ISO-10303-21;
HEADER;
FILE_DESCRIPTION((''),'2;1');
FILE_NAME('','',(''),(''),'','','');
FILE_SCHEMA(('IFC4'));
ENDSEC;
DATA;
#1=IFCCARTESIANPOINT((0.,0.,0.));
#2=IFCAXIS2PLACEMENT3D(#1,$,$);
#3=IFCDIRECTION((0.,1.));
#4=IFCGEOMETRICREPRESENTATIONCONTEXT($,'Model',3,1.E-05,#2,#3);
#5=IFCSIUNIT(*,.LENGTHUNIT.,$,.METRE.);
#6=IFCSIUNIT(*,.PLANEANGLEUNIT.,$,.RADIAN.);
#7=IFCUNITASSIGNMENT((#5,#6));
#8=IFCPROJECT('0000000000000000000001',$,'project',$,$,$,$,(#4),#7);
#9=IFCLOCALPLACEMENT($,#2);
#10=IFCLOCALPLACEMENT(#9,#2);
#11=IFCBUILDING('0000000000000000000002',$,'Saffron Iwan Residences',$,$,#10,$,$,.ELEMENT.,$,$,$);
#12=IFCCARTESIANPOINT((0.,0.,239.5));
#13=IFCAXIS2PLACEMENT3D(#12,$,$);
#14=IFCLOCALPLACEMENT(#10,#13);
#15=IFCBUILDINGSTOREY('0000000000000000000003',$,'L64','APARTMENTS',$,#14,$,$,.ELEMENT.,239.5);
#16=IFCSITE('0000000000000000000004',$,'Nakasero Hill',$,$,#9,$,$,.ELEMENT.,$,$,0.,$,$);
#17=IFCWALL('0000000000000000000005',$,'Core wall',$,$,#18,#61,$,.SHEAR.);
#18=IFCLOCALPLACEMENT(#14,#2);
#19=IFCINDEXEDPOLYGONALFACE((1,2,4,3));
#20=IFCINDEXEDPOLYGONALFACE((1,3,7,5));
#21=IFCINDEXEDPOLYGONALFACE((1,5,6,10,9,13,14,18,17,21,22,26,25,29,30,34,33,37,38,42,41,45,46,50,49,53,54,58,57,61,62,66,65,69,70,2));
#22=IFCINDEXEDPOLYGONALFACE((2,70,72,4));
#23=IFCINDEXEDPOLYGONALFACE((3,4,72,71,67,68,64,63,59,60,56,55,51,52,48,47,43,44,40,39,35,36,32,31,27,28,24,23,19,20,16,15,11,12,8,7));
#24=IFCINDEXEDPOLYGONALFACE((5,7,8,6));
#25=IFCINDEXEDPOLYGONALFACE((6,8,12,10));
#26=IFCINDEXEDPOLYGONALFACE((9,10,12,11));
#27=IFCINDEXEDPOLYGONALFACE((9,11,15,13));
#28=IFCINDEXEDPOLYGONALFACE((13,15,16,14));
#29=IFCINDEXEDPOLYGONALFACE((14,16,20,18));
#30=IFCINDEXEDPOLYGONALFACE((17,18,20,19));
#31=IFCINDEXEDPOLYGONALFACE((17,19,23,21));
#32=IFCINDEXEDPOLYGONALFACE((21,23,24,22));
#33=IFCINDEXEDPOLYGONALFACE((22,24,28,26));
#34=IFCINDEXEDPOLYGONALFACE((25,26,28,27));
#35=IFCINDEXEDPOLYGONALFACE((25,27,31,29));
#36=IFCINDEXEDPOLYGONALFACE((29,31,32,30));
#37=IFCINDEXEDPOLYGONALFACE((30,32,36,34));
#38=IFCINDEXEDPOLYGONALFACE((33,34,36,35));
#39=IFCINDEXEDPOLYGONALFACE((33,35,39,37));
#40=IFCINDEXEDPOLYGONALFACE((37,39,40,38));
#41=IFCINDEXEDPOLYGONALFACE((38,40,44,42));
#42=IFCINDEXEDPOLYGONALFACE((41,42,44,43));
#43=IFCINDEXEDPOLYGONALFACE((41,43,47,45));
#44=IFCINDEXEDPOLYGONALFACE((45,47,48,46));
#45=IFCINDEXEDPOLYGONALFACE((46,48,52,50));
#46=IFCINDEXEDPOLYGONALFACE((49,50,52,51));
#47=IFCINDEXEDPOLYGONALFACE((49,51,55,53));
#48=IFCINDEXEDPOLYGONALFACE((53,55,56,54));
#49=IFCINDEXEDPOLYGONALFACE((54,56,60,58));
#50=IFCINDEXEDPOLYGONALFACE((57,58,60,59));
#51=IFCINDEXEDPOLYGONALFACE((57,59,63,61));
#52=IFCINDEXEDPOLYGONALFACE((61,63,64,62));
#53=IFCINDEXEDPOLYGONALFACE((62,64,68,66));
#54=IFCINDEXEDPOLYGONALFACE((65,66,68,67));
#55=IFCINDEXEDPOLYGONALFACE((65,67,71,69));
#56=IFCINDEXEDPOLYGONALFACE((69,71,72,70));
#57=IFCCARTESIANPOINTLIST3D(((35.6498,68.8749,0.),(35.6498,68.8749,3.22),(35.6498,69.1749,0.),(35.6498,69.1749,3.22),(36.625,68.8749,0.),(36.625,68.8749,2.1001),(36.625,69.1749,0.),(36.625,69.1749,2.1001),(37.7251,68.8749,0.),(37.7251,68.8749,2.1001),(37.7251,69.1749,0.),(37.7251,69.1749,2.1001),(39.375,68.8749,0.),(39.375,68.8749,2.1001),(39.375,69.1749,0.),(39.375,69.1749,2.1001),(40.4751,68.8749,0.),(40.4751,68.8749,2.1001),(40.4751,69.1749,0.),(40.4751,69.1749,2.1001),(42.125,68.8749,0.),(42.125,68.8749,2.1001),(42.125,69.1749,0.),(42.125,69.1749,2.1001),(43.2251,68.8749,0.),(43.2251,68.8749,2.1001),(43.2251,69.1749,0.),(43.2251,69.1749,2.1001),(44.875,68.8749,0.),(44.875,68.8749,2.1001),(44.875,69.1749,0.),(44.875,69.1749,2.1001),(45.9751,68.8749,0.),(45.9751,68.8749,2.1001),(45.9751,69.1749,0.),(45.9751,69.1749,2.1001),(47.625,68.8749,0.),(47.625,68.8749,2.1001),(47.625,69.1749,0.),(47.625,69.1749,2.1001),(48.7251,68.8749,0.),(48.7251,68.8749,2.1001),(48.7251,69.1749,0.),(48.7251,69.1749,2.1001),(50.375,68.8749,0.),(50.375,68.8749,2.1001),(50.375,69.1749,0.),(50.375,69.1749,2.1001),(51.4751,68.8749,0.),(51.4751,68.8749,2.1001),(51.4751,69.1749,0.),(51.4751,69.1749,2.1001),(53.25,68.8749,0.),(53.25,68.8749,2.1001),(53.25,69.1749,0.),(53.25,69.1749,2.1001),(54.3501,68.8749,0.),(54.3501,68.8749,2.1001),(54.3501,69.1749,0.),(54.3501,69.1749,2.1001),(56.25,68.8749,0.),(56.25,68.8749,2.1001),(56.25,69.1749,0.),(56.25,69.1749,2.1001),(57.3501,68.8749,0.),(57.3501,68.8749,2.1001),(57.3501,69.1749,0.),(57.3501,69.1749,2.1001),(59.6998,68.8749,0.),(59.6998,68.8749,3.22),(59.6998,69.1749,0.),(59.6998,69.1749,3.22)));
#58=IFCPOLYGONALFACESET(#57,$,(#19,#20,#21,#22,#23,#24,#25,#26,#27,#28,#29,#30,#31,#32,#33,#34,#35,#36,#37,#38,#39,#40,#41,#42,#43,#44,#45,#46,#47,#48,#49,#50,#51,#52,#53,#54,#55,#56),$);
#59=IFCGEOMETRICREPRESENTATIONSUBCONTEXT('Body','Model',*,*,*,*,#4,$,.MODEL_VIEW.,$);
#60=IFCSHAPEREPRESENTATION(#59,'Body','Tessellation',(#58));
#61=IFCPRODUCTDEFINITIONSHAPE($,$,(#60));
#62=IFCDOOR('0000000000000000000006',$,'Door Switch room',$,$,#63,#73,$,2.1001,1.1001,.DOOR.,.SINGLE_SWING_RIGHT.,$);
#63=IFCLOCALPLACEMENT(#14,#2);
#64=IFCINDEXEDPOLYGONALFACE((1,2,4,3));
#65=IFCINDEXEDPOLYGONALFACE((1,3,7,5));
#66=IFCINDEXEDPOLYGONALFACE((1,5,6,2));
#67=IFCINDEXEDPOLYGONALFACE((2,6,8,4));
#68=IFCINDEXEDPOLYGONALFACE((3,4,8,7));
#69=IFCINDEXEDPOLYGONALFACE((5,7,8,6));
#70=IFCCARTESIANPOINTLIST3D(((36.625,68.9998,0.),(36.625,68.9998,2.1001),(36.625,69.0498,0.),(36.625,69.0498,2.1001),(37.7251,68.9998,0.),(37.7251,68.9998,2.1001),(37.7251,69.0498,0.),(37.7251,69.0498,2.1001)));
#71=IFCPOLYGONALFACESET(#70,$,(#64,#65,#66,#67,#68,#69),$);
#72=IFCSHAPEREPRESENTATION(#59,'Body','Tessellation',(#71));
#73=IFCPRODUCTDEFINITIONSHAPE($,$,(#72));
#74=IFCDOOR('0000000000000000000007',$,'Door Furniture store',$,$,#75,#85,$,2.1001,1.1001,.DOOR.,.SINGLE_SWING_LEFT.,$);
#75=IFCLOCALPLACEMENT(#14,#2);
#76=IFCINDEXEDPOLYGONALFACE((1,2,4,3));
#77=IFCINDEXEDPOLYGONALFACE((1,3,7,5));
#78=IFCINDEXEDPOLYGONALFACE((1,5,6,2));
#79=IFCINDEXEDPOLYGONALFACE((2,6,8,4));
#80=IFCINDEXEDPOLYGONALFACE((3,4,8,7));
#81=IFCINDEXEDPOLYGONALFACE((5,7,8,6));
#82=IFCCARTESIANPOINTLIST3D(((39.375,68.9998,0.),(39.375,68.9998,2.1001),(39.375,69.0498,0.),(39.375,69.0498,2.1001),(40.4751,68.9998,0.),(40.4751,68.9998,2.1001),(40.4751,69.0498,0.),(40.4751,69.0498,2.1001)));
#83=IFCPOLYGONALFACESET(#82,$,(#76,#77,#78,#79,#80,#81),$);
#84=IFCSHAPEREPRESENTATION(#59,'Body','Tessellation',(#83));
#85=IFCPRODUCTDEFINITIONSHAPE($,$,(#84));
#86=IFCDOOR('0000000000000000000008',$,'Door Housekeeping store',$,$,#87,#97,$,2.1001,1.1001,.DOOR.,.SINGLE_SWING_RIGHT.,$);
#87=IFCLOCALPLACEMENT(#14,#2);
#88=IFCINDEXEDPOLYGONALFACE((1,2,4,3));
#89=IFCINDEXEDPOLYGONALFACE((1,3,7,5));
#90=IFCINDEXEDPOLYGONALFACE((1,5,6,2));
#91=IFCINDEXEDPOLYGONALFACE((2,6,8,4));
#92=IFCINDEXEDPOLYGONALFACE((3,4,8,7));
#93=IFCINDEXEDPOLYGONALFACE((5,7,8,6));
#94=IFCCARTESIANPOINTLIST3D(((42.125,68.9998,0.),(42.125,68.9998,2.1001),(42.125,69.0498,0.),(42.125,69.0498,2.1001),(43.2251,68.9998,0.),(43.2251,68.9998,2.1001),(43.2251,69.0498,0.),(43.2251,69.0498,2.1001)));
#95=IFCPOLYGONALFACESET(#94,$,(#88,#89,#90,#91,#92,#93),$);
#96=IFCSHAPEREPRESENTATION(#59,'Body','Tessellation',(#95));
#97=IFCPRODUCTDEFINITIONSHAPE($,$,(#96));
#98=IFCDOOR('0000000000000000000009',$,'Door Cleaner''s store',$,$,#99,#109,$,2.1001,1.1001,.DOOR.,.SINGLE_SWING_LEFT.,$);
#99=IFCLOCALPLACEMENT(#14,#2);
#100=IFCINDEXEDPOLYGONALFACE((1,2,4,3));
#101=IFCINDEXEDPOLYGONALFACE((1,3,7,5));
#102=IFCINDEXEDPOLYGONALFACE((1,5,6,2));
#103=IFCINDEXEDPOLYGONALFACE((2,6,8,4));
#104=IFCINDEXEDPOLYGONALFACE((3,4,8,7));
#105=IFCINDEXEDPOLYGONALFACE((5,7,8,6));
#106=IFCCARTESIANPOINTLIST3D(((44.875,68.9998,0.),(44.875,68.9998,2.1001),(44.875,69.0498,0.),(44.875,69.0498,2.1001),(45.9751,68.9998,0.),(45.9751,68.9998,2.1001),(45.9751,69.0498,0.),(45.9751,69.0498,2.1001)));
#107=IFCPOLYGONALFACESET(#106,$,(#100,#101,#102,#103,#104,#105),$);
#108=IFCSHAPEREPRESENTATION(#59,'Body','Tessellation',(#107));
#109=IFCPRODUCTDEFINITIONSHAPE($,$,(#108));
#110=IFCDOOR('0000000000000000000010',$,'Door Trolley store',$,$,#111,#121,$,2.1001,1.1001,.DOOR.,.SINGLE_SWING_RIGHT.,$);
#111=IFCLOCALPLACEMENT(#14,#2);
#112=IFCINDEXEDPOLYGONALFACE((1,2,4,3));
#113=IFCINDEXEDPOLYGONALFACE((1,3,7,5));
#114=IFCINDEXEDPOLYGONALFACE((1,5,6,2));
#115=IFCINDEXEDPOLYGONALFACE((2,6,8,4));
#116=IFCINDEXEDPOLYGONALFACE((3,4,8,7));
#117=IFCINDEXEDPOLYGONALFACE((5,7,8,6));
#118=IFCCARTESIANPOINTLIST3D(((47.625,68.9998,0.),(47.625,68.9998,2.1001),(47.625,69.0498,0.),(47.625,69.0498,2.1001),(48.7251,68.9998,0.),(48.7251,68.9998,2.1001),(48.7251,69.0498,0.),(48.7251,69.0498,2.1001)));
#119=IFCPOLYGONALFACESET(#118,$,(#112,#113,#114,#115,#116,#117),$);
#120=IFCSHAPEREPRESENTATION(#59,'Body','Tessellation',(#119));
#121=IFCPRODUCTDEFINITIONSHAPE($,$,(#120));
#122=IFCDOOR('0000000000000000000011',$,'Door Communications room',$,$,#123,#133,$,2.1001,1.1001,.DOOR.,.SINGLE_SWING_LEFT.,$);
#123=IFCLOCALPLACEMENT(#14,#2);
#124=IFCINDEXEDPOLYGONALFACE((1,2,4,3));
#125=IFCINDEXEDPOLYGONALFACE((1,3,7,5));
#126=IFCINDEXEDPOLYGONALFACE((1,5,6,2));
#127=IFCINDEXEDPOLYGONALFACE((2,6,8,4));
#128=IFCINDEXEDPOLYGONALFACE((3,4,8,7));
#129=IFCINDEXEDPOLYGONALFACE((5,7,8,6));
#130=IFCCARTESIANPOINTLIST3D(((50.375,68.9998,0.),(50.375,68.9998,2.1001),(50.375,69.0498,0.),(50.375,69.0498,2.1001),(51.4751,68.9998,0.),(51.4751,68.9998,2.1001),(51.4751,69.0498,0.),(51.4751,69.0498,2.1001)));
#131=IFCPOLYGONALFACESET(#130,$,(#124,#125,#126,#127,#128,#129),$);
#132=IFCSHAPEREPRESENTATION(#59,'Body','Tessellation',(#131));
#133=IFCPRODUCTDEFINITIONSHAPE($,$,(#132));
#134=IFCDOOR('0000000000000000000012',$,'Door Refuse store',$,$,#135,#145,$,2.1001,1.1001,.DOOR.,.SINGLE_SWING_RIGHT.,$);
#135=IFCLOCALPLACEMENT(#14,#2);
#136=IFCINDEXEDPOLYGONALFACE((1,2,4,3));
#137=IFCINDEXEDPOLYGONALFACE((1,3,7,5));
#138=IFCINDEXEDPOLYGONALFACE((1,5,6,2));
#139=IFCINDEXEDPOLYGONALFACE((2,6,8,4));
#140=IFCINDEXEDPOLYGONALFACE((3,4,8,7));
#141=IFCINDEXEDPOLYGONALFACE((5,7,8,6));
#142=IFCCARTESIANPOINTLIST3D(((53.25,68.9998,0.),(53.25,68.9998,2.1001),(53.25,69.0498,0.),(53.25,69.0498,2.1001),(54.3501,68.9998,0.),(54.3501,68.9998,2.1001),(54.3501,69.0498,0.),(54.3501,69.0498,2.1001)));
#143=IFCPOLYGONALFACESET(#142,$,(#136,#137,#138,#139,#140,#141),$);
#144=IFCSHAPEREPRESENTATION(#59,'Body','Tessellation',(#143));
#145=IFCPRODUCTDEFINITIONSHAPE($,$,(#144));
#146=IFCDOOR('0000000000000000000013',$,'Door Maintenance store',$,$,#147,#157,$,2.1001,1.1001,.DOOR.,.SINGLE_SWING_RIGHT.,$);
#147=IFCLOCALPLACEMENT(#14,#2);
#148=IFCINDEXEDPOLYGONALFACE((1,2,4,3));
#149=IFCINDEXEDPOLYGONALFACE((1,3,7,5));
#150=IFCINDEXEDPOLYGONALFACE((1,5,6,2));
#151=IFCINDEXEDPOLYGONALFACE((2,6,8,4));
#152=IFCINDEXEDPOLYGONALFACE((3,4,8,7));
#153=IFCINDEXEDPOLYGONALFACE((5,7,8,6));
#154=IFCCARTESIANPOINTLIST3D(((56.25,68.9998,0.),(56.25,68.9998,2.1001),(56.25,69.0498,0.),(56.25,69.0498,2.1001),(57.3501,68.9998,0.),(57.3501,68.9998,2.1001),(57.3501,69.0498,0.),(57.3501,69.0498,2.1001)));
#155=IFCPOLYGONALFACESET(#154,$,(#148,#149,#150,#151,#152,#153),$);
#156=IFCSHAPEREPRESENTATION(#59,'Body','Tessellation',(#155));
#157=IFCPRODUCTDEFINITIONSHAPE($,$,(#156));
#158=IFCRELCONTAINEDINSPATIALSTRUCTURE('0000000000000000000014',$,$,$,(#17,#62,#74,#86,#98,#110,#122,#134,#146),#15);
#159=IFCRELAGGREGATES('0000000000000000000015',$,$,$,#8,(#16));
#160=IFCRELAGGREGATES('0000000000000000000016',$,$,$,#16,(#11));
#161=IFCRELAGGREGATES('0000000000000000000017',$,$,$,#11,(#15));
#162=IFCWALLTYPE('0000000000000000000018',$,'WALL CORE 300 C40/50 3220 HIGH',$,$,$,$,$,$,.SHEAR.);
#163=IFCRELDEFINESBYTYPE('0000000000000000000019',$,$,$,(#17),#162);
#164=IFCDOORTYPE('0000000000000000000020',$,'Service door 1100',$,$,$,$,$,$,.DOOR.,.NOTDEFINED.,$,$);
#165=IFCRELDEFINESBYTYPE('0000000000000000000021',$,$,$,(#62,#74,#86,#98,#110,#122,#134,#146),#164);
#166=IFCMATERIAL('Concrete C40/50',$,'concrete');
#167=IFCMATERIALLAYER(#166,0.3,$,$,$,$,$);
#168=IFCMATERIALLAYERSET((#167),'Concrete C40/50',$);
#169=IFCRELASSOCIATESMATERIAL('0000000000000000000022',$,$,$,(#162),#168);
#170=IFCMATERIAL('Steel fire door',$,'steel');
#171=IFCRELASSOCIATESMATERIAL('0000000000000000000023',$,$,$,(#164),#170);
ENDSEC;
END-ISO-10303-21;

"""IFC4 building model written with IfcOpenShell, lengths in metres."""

from ifc_helpers import new_model, si_unit, direction, frame, frame_2d, origin, place, context, subcontext, project, spatial, rectangle, extrude, material, layer, layer_set, type_object, element, fill, save


model = new_model("IFC4")

# Units and contexts
model_context = context("Model", 3, precision=1e-05, world=origin(), true_north=direction((0.0, 1.0)))
body_context = subcontext(model_context, "Body", "Model", "MODEL_VIEW")
ifc_project = project(units=[si_unit("LENGTHUNIT", "METRE"), si_unit("PLANEANGLEUNIT", "RADIAN")], contexts=[model_context])

# Site, building, storey
site_placement = place(None, origin())
site = spatial("IfcSite", under=ifc_project, at=site_placement, Name="Nakasero Hill", CompositionType="ELEMENT", RefElevation=0.0)
building_placement = place(site_placement, origin())
building = spatial("IfcBuilding", under=site, at=building_placement, Name="Saffron Iwan Residences", CompositionType="ELEMENT")
storey_placement = place(building_placement, frame((0.0, 0.0, 239.5)))
storey = spatial("IfcBuildingStorey", under=building, at=storey_placement, Name="L64", Description="APARTMENTS", CompositionType="ELEMENT", Elevation=239.5)

# Wall, openings, doors
ifc_material_1 = material(Name="Concrete C40/50", Category="concrete")
ifc_layer = layer(ifc_material_1, 0.3)
ifc_layer_set = layer_set([ifc_layer], Name="Concrete C40/50")
wall_type = type_object("IfcWallType", Name="WALL CORE 300 C40/50 3220 HIGH", PredefinedType="SHEAR", material=ifc_layer_set)
wall_1_placement = place(storey_placement, frame((35.6499, 69.0249, 0.0), z_axis=(0.0, 0.0, 1.0), x_axis=(1.0, 0.0, 0.0)))
wall_1 = element("IfcWall", 1, at=wall_1_placement, inside=storey, type_object=wall_type, Name="Core wall", PredefinedType="SHEAR", context=body_context, shape_type="SweptSolid", body=[
    extrude(rectangle(XDim=24.05, YDim=0.3, at=frame_2d((12.0249, 0.0))), origin(), (0.0, 0.0, 1.0), 3.22),
])
opening_1_placement = place(wall_1_placement, frame((0.9751, 0.0, 0.0)))
opening_1 = element("IfcOpeningElement", 2, at=opening_1_placement, cuts=wall_1, PredefinedType="OPENING", context=body_context, shape_type="SweptSolid", body=[
    extrude(rectangle(XDim=1.1001, YDim=2.1001, at=frame_2d((0.55, 1.05))), frame((0.0, 0.1602, 0.0), z_axis=(0.0, -1.0, 0.0), x_axis=(1.0, 0.0, 0.0)), (0.0, 0.0, 1.0), 0.3201),
])
opening_2_placement = place(wall_1_placement, frame((3.7251, 0.0, 0.0)))
opening_2 = element("IfcOpeningElement", 3, at=opening_2_placement, cuts=wall_1, PredefinedType="OPENING", context=body_context, shape_type="SweptSolid", body=[
    extrude(rectangle(XDim=1.1001, YDim=2.1001, at=frame_2d((0.55, 1.05))), frame((0.0, 0.1602, 0.0), z_axis=(0.0, -1.0, 0.0), x_axis=(1.0, 0.0, 0.0)), (0.0, 0.0, 1.0), 0.3201),
])
opening_3_placement = place(wall_1_placement, frame((6.4751, 0.0, 0.0)))
opening_3 = element("IfcOpeningElement", 4, at=opening_3_placement, cuts=wall_1, PredefinedType="OPENING", context=body_context, shape_type="SweptSolid", body=[
    extrude(rectangle(XDim=1.1001, YDim=2.1001, at=frame_2d((0.55, 1.05))), frame((0.0, 0.1602, 0.0), z_axis=(0.0, -1.0, 0.0), x_axis=(1.0, 0.0, 0.0)), (0.0, 0.0, 1.0), 0.3201),
])
opening_4_placement = place(wall_1_placement, frame((9.2251, 0.0, 0.0)))
opening_4 = element("IfcOpeningElement", 5, at=opening_4_placement, cuts=wall_1, PredefinedType="OPENING", context=body_context, shape_type="SweptSolid", body=[
    extrude(rectangle(XDim=1.1001, YDim=2.1001, at=frame_2d((0.55, 1.05))), frame((0.0, 0.1602, 0.0), z_axis=(0.0, -1.0, 0.0), x_axis=(1.0, 0.0, 0.0)), (0.0, 0.0, 1.0), 0.3201),
])
opening_5_placement = place(wall_1_placement, frame((11.9751, 0.0, 0.0)))
opening_5 = element("IfcOpeningElement", 6, at=opening_5_placement, cuts=wall_1, PredefinedType="OPENING", context=body_context, shape_type="SweptSolid", body=[
    extrude(rectangle(XDim=1.1001, YDim=2.1001, at=frame_2d((0.55, 1.05))), frame((0.0, 0.1602, 0.0), z_axis=(0.0, -1.0, 0.0), x_axis=(1.0, 0.0, 0.0)), (0.0, 0.0, 1.0), 0.3201),
])
opening_6_placement = place(wall_1_placement, frame((14.7251, 0.0, 0.0)))
opening_6 = element("IfcOpeningElement", 7, at=opening_6_placement, cuts=wall_1, PredefinedType="OPENING", context=body_context, shape_type="SweptSolid", body=[
    extrude(rectangle(XDim=1.1001, YDim=2.1001, at=frame_2d((0.55, 1.05))), frame((0.0, 0.1602, 0.0), z_axis=(0.0, -1.0, 0.0), x_axis=(1.0, 0.0, 0.0)), (0.0, 0.0, 1.0), 0.3201),
])
opening_7_placement = place(wall_1_placement, frame((17.6001, 0.0, 0.0)))
opening_7 = element("IfcOpeningElement", 8, at=opening_7_placement, cuts=wall_1, PredefinedType="OPENING", context=body_context, shape_type="SweptSolid", body=[
    extrude(rectangle(XDim=1.1001, YDim=2.1001, at=frame_2d((0.55, 1.05))), frame((0.0, 0.1602, 0.0), z_axis=(0.0, -1.0, 0.0), x_axis=(1.0, 0.0, 0.0)), (0.0, 0.0, 1.0), 0.3201),
])
opening_8_placement = place(wall_1_placement, frame((20.6001, 0.0, 0.0)))
opening_8 = element("IfcOpeningElement", 9, at=opening_8_placement, cuts=wall_1, PredefinedType="OPENING", context=body_context, shape_type="SweptSolid", body=[
    extrude(rectangle(XDim=1.1001, YDim=2.1001, at=frame_2d((0.55, 1.05))), frame((0.0, 0.1602, 0.0), z_axis=(0.0, -1.0, 0.0), x_axis=(1.0, 0.0, 0.0)), (0.0, 0.0, 1.0), 0.3201),
])
ifc_material_2 = material(Name="Steel fire door", Category="steel")
door_type_1 = type_object("IfcDoorType", Name="Service door 1100", OperationType="NOTDEFINED", PredefinedType="DOOR", material=ifc_material_2)
door_1_placement = place(opening_1_placement, origin())
door_1 = element("IfcDoor", 10, at=door_1_placement, inside=storey, type_object=door_type_1, Name="Door Switch room", OperationType="SINGLE_SWING_RIGHT", OverallHeight=2.1001, OverallWidth=1.1001, PredefinedType="DOOR", context=body_context, shape_type="SweptSolid", body=[
    extrude(rectangle(XDim=1.1001, YDim=2.1001, at=frame_2d((0.55, 1.05))), frame((0.0, 0.0249, 0.0), z_axis=(0.0, -1.0, 0.0), x_axis=(1.0, 0.0, 0.0)), (0.0, 0.0, 1.0), 0.05),
])
fill(opening_1, door_1)
door_2_placement = place(opening_2_placement, origin())
door_2 = element("IfcDoor", 11, at=door_2_placement, inside=storey, type_object=door_type_1, Name="Door Furniture store", OperationType="SINGLE_SWING_LEFT", OverallHeight=2.1001, OverallWidth=1.1001, PredefinedType="DOOR", context=body_context, shape_type="SweptSolid", body=[
    extrude(rectangle(XDim=1.1001, YDim=2.1001, at=frame_2d((0.55, 1.05))), frame((0.0, 0.0249, 0.0), z_axis=(0.0, -1.0, 0.0), x_axis=(1.0, 0.0, 0.0)), (0.0, 0.0, 1.0), 0.05),
])
fill(opening_2, door_2)
door_3_placement = place(opening_3_placement, origin())
door_3 = element("IfcDoor", 12, at=door_3_placement, inside=storey, type_object=door_type_1, Name="Door Housekeeping store", OperationType="SINGLE_SWING_RIGHT", OverallHeight=2.1001, OverallWidth=1.1001, PredefinedType="DOOR", context=body_context, shape_type="SweptSolid", body=[
    extrude(rectangle(XDim=1.1001, YDim=2.1001, at=frame_2d((0.55, 1.05))), frame((0.0, 0.0249, 0.0), z_axis=(0.0, -1.0, 0.0), x_axis=(1.0, 0.0, 0.0)), (0.0, 0.0, 1.0), 0.05),
])
fill(opening_3, door_3)
door_4_placement = place(opening_4_placement, origin())
door_4 = element("IfcDoor", 13, at=door_4_placement, inside=storey, type_object=door_type_1, Name="Door Cleaner's store", OperationType="SINGLE_SWING_LEFT", OverallHeight=2.1001, OverallWidth=1.1001, PredefinedType="DOOR", context=body_context, shape_type="SweptSolid", body=[
    extrude(rectangle(XDim=1.1001, YDim=2.1001, at=frame_2d((0.55, 1.05))), frame((0.0, 0.0249, 0.0), z_axis=(0.0, -1.0, 0.0), x_axis=(1.0, 0.0, 0.0)), (0.0, 0.0, 1.0), 0.05),
])
fill(opening_4, door_4)
door_5_placement = place(opening_5_placement, origin())
door_5 = element("IfcDoor", 14, at=door_5_placement, inside=storey, type_object=door_type_1, Name="Door Trolley store", OperationType="SINGLE_SWING_RIGHT", OverallHeight=2.1001, OverallWidth=1.1001, PredefinedType="DOOR", context=body_context, shape_type="SweptSolid", body=[
    extrude(rectangle(XDim=1.1001, YDim=2.1001, at=frame_2d((0.55, 1.05))), frame((0.0, 0.0249, 0.0), z_axis=(0.0, -1.0, 0.0), x_axis=(1.0, 0.0, 0.0)), (0.0, 0.0, 1.0), 0.05),
])
fill(opening_5, door_5)
door_6_placement = place(opening_6_placement, origin())
door_6 = element("IfcDoor", 15, at=door_6_placement, inside=storey, type_object=door_type_1, Name="Door Communications room", OperationType="SINGLE_SWING_LEFT", OverallHeight=2.1001, OverallWidth=1.1001, PredefinedType="DOOR", context=body_context, shape_type="SweptSolid", body=[
    extrude(rectangle(XDim=1.1001, YDim=2.1001, at=frame_2d((0.55, 1.05))), frame((0.0, 0.0249, 0.0), z_axis=(0.0, -1.0, 0.0), x_axis=(1.0, 0.0, 0.0)), (0.0, 0.0, 1.0), 0.05),
])
fill(opening_6, door_6)
door_7_placement = place(opening_7_placement, origin())
door_7 = element("IfcDoor", 16, at=door_7_placement, inside=storey, type_object=door_type_1, Name="Door Refuse store", OperationType="SINGLE_SWING_RIGHT", OverallHeight=2.1001, OverallWidth=1.1001, PredefinedType="DOOR", context=body_context, shape_type="SweptSolid", body=[
    extrude(rectangle(XDim=1.1001, YDim=2.1001, at=frame_2d((0.55, 1.05))), frame((0.0, 0.0249, 0.0), z_axis=(0.0, -1.0, 0.0), x_axis=(1.0, 0.0, 0.0)), (0.0, 0.0, 1.0), 0.05),
])
fill(opening_7, door_7)
door_8_placement = place(opening_8_placement, origin())
door_8 = element("IfcDoor", 17, at=door_8_placement, inside=storey, type_object=door_type_1, Name="Door Maintenance store", OperationType="SINGLE_SWING_RIGHT", OverallHeight=2.1001, OverallWidth=1.1001, PredefinedType="DOOR", context=body_context, shape_type="SweptSolid", body=[
    extrude(rectangle(XDim=1.1001, YDim=2.1001, at=frame_2d((0.55, 1.05))), frame((0.0, 0.0249, 0.0), z_axis=(0.0, -1.0, 0.0), x_axis=(1.0, 0.0, 0.0)), (0.0, 0.0, 1.0), 0.05),
])
fill(opening_8, door_8)

save(model, "model.ifc")
